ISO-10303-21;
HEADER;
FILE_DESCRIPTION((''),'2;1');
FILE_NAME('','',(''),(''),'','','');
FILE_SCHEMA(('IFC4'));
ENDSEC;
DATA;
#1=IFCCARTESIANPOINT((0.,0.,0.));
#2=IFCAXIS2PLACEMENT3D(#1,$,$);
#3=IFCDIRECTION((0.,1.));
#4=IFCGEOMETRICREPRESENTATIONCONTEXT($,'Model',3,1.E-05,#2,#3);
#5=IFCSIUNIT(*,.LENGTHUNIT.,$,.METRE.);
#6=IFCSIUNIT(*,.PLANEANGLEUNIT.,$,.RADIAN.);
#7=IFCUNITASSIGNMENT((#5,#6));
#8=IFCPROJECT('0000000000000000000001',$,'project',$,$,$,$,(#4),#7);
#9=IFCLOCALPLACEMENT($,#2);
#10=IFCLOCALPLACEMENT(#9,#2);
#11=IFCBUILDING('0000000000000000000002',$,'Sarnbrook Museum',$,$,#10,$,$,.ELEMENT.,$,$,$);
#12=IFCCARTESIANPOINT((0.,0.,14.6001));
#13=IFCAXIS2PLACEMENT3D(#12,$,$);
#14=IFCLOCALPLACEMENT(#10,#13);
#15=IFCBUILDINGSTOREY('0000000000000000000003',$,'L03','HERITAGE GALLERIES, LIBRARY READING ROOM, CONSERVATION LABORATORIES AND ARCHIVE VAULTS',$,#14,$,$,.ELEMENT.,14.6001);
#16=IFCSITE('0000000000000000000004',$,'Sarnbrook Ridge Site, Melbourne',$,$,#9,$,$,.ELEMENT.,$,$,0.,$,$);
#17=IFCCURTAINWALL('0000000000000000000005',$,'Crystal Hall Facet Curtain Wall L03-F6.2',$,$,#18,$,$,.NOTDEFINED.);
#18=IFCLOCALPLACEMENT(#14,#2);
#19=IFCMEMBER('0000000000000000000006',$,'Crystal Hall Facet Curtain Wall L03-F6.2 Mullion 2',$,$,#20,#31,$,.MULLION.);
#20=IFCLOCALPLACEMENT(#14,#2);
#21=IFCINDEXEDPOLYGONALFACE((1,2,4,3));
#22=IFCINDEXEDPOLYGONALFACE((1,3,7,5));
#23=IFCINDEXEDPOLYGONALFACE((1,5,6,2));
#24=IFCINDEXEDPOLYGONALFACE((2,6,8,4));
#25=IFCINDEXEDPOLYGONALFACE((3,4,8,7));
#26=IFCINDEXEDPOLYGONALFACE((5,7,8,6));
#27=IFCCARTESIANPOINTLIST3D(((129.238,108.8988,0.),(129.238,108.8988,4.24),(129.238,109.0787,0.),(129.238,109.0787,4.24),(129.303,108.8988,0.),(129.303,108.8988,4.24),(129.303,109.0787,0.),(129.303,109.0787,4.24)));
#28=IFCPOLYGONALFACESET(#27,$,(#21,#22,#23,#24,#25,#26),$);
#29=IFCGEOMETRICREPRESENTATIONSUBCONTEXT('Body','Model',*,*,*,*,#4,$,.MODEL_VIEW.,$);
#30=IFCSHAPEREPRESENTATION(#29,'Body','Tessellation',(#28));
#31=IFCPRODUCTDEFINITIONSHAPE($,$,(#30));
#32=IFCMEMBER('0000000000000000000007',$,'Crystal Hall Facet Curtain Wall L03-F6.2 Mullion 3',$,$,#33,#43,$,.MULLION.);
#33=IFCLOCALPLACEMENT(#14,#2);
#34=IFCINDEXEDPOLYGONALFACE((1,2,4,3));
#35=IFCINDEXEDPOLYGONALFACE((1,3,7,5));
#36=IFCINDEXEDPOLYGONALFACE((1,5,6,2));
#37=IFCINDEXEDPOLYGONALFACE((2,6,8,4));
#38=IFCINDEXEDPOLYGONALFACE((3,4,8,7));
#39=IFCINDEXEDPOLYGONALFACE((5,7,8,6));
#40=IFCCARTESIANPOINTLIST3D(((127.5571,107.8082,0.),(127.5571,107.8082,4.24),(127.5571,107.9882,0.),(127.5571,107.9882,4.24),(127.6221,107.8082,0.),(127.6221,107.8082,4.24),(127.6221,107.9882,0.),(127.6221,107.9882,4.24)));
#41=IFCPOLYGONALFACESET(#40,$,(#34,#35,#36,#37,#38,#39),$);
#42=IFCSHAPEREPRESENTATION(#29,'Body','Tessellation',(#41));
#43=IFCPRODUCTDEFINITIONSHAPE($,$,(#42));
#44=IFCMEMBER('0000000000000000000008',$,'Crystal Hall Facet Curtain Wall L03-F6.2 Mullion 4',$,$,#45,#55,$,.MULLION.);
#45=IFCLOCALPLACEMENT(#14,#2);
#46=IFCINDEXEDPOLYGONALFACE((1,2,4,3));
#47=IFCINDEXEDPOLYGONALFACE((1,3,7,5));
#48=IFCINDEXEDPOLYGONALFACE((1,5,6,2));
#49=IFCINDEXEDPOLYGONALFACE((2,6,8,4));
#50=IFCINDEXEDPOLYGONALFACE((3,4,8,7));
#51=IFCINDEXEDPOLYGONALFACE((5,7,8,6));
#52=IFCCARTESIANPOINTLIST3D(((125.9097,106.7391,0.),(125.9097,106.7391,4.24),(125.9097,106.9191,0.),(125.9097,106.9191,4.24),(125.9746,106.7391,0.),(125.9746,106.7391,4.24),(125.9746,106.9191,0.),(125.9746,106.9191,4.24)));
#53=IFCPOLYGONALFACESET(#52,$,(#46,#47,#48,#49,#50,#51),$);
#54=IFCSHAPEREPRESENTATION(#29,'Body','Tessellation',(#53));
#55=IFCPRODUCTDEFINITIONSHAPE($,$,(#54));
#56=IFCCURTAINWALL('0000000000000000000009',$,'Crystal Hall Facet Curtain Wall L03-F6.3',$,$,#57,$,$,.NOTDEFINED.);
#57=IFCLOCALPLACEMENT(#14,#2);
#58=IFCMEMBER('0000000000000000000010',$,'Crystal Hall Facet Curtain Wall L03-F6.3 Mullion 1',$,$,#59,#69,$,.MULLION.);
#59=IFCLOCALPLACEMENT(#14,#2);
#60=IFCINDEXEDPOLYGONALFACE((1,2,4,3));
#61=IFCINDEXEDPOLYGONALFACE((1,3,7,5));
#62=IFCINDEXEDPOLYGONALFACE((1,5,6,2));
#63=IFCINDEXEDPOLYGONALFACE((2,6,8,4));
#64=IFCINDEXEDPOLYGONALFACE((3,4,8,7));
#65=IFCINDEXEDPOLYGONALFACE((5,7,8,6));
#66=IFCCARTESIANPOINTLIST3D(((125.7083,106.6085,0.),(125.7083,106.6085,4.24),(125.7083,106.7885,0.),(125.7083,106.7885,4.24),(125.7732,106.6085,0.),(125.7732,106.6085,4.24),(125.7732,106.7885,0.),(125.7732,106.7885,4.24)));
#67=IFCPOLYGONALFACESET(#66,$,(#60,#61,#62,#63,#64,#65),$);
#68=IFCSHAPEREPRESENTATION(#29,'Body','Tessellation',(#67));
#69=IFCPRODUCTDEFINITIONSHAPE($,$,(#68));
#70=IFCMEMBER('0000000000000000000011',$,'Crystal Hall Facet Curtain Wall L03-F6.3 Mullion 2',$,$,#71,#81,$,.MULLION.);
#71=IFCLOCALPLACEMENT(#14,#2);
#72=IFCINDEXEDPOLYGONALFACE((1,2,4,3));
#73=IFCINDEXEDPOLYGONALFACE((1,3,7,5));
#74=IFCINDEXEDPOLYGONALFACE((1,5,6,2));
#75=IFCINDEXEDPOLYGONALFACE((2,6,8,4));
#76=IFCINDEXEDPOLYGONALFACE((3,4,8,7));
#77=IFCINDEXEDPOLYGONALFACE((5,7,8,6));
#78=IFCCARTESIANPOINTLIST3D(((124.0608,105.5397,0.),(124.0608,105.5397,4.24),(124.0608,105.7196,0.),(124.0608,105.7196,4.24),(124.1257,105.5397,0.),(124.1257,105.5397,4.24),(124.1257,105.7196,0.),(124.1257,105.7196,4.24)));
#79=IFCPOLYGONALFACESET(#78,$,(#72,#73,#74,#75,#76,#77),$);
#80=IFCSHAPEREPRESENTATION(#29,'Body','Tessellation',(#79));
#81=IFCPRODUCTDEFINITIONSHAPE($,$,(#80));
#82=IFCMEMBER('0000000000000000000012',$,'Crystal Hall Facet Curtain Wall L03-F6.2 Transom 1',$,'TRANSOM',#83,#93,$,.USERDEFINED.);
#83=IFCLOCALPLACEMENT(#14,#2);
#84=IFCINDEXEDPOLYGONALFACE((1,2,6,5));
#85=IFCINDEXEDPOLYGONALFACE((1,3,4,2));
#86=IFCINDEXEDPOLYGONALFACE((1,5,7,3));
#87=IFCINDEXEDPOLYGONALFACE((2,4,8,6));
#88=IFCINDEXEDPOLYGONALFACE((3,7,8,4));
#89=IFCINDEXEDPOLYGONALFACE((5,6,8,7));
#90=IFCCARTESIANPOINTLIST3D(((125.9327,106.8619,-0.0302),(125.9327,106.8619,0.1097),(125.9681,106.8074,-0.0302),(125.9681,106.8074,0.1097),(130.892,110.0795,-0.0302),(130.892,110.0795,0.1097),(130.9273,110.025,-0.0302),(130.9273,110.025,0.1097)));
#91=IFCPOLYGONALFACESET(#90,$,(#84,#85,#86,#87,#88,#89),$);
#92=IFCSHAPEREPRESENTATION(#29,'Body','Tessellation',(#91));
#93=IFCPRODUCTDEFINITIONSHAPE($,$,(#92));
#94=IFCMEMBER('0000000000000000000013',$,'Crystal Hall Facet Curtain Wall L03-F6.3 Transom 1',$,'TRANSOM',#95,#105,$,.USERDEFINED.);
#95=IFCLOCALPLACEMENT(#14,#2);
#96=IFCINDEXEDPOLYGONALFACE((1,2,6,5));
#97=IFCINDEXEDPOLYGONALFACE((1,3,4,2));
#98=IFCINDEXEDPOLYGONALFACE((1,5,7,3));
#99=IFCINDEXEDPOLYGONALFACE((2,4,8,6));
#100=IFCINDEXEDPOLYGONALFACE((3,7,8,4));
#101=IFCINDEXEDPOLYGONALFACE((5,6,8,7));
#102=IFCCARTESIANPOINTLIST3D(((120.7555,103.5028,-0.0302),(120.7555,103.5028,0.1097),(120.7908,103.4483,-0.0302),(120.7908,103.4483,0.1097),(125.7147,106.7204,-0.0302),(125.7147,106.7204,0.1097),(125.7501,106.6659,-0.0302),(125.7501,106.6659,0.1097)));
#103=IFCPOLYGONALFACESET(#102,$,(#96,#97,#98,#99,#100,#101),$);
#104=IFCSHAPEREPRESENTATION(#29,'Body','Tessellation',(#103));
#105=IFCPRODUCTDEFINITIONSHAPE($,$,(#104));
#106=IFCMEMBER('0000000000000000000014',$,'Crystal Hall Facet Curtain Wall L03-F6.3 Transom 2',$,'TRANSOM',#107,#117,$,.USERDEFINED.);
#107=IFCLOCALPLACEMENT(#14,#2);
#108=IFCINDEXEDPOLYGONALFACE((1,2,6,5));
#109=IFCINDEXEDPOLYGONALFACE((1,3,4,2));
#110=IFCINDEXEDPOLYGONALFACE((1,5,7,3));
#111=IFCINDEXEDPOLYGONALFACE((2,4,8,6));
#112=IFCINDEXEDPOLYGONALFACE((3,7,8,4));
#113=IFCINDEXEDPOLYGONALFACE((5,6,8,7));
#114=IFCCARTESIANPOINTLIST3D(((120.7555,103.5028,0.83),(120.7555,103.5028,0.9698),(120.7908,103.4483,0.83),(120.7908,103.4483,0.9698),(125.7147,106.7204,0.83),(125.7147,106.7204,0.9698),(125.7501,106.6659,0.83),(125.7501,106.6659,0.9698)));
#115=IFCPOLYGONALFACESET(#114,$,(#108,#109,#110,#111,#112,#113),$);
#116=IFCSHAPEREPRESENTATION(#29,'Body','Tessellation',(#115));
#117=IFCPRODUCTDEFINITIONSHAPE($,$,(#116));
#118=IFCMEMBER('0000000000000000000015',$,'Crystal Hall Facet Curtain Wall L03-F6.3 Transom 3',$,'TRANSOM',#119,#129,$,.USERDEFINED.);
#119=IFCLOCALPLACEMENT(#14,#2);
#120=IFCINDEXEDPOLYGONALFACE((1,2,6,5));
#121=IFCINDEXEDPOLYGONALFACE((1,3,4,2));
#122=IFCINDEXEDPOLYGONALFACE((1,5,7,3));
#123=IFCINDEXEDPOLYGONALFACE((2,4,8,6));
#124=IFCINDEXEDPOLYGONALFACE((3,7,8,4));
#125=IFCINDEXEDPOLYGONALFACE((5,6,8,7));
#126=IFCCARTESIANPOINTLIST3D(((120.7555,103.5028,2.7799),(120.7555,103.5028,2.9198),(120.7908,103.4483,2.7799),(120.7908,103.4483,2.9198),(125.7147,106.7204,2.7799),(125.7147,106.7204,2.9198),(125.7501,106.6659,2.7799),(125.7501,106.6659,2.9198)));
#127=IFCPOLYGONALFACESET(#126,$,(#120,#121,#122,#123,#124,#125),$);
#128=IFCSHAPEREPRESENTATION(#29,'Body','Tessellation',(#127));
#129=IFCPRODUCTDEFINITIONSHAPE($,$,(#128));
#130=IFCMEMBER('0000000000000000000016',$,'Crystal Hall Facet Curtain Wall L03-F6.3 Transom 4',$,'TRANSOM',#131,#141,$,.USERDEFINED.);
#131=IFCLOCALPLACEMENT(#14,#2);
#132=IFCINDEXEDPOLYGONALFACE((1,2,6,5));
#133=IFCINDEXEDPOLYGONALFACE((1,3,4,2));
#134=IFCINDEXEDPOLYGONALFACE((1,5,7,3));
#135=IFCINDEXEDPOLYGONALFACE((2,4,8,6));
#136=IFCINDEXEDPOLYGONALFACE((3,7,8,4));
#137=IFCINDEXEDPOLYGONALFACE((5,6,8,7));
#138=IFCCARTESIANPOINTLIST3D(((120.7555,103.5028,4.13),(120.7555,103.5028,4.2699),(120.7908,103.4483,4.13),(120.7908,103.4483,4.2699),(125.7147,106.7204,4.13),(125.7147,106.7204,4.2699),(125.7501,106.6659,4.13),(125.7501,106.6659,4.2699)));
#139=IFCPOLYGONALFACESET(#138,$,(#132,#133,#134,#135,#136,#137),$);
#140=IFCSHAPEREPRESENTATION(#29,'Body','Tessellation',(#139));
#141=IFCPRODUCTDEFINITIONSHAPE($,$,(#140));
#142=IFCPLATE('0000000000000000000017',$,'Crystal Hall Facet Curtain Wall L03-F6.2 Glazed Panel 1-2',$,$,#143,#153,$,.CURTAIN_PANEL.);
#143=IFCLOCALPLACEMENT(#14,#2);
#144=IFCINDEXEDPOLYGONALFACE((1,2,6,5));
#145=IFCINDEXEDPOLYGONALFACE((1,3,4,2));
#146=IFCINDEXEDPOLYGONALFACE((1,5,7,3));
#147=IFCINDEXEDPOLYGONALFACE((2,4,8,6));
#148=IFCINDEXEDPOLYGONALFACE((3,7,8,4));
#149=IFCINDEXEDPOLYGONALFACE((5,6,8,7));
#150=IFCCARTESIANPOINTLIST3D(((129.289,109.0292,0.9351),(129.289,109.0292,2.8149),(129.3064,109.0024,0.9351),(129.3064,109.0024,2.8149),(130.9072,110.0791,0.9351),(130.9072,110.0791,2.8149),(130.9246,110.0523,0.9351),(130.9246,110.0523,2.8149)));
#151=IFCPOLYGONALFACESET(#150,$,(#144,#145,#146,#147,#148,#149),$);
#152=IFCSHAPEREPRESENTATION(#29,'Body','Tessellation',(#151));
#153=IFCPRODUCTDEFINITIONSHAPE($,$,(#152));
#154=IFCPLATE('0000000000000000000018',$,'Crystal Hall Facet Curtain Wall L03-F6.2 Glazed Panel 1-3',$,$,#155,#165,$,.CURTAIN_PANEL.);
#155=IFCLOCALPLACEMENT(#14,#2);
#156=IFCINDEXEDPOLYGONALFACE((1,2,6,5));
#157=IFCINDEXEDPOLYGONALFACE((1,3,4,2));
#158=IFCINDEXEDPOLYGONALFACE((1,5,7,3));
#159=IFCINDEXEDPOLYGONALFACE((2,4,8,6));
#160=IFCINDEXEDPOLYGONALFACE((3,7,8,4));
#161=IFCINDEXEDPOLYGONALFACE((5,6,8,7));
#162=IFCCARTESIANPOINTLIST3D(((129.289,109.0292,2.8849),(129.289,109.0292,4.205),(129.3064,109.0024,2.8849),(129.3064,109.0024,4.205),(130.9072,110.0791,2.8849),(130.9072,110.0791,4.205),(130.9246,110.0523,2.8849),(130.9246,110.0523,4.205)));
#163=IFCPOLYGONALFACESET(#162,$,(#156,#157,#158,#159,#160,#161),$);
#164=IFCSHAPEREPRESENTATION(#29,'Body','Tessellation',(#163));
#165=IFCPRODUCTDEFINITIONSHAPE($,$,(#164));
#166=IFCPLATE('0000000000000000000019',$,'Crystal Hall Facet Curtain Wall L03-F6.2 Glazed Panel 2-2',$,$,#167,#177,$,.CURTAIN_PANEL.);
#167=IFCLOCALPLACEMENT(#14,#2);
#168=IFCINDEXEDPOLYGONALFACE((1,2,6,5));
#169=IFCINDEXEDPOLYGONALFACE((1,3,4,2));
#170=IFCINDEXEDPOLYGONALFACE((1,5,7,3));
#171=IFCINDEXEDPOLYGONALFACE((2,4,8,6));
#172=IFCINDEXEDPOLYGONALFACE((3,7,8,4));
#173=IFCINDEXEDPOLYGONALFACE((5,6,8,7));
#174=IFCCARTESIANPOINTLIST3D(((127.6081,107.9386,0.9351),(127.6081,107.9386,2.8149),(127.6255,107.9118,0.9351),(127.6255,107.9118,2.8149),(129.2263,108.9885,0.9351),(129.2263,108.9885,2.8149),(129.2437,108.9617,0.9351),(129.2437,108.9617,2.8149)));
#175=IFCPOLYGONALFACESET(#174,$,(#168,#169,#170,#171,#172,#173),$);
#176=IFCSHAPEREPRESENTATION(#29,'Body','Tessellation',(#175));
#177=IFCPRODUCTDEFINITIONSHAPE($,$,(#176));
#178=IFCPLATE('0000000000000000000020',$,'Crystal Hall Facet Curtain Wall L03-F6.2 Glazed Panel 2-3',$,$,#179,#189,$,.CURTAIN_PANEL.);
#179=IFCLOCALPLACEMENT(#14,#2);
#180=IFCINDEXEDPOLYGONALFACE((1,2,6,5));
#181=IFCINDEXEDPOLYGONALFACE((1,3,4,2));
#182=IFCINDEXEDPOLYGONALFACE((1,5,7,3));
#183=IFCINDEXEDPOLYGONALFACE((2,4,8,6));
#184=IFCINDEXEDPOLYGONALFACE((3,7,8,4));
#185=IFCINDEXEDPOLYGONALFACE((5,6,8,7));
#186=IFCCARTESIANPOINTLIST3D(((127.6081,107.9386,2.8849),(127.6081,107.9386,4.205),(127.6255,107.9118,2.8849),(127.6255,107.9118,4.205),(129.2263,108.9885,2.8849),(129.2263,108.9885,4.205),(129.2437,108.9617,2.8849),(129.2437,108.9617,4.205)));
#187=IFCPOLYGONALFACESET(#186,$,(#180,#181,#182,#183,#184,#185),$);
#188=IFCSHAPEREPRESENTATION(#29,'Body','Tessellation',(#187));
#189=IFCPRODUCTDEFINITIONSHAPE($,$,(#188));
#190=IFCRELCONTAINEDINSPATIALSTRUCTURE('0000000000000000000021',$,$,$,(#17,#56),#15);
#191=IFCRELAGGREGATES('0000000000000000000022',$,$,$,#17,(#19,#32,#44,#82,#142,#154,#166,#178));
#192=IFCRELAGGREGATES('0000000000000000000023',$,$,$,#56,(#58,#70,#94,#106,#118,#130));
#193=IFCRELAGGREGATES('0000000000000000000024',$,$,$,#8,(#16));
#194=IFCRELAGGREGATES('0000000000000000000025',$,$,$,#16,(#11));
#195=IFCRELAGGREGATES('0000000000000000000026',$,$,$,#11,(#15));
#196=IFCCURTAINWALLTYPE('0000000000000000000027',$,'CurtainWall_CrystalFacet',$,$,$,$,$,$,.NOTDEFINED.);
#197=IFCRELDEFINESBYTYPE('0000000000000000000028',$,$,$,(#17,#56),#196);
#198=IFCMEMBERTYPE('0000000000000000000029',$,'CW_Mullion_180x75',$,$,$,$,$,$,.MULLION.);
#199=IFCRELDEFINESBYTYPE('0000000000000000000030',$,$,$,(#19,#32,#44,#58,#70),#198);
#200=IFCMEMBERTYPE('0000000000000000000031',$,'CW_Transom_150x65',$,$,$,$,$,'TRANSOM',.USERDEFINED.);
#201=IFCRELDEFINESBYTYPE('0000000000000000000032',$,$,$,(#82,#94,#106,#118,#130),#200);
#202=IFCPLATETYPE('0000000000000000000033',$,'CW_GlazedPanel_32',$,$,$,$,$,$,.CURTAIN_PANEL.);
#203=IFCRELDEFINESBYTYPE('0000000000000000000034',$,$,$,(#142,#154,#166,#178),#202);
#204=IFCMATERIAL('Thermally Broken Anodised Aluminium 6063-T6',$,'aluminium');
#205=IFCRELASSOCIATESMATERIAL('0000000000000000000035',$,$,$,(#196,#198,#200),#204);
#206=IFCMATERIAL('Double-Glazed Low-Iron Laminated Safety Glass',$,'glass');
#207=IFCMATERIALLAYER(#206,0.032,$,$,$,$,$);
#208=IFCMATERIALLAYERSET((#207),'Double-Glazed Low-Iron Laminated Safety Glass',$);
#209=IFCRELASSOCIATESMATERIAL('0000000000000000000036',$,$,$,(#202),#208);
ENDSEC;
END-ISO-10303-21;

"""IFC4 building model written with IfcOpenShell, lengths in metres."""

from ifc_helpers import new_model, si_unit, direction, frame, origin, origin_2d, place, context, subcontext, project, spatial, rectangle, extrude, material, layer, layer_set, material_profile, profile_set, type_object, element, aggregate, save


model = new_model("IFC4")

# Units and contexts
model_context = context("Model", 3, precision=1e-05, world=origin(), true_north=direction((0.0, 1.0)))
body_context = subcontext(model_context, "Body", "Model", "MODEL_VIEW")
ifc_project = project(units=[si_unit("LENGTHUNIT", "METRE"), si_unit("PLANEANGLEUNIT", "RADIAN")], contexts=[model_context])

# Site, building, storey
site_placement = place(None, origin())
site = spatial("IfcSite", under=ifc_project, at=site_placement, Name="Sarnbrook Ridge Site, Melbourne", CompositionType="ELEMENT", RefElevation=0.0)
building_placement = place(site_placement, origin())
building = spatial("IfcBuilding", under=site, at=building_placement, Name="Sarnbrook Museum", CompositionType="ELEMENT")
storey_placement = place(building_placement, frame((0.0, 0.0, 14.6001)))
storey = spatial("IfcBuildingStorey", under=building, at=storey_placement, Name="L03", Description="HERITAGE GALLERIES, LIBRARY READING ROOM, CONSERVATION LABORATORIES AND ARCHIVE VAULTS", CompositionType="ELEMENT", Elevation=14.6001)

# Curtain walls, members
ifc_material_1 = material(Name="Thermally Broken Anodised Aluminium 6063-T6", Category="aluminium")
curtain_wall_type = type_object("IfcCurtainWallType", Name="CurtainWall_CrystalFacet", PredefinedType="NOTDEFINED", material=ifc_material_1)
curtain_wall_1_placement = place(storey_placement, origin())
curtain_wall_1 = element("IfcCurtainWall", 1, at=curtain_wall_1_placement, inside=storey, type_object=curtain_wall_type, Name="Crystal Hall Facet Curtain Wall L03-F6.2", PredefinedType="NOTDEFINED")
ifc_material_profile_1 = material_profile(ifc_material_1, rectangle(XDim=0.0649, YDim=0.1799, at=origin_2d()), Name="ALU MULLION 65x180")
ifc_profile_set_1 = profile_set([ifc_material_profile_1], Name="Thermally Broken Anodised Aluminium 6063-T6")
member_type_1 = type_object("IfcMemberType", Name="CW_Mullion_180x75", PredefinedType="MULLION", material=ifc_profile_set_1)
member_1_placement = place(storey_placement, frame((129.2705, 108.9888, 0.0), z_axis=(0.0, 0.0, 1.0), x_axis=(1.0, 0.0, 0.0)))
member_1 = element("IfcMember", 2, at=member_1_placement, type_object=member_type_1, Name="Crystal Hall Facet Curtain Wall L03-F6.2 Mullion 2", PredefinedType="MULLION", context=body_context, shape_type="SweptSolid", body=[
    extrude(rectangle(XDim=0.0649, YDim=0.1799, at=origin_2d()), origin(), (0.0, 0.0, 1.0), 4.24),
])
member_2_placement = place(storey_placement, frame((127.5896, 107.8982, 0.0), z_axis=(0.0, 0.0, 1.0), x_axis=(1.0, 0.0, 0.0)))
member_2 = element("IfcMember", 3, at=member_2_placement, type_object=member_type_1, Name="Crystal Hall Facet Curtain Wall L03-F6.2 Mullion 3", PredefinedType="MULLION", context=body_context, shape_type="SweptSolid", body=[
    extrude(rectangle(XDim=0.0649, YDim=0.1799, at=origin_2d()), origin(), (0.0, 0.0, 1.0), 4.24),
])
member_3_placement = place(storey_placement, frame((125.9421, 106.8291, 0.0), z_axis=(0.0, 0.0, 1.0), x_axis=(1.0, 0.0, 0.0)))
member_3 = element("IfcMember", 4, at=member_3_placement, type_object=member_type_1, Name="Crystal Hall Facet Curtain Wall L03-F6.2 Mullion 4", PredefinedType="MULLION", context=body_context, shape_type="SweptSolid", body=[
    extrude(rectangle(XDim=0.0649, YDim=0.1799, at=origin_2d()), origin(), (0.0, 0.0, 1.0), 4.24),
])
curtain_wall_2_placement = place(storey_placement, origin())
curtain_wall_2 = element("IfcCurtainWall", 5, at=curtain_wall_2_placement, inside=storey, type_object=curtain_wall_type, Name="Crystal Hall Facet Curtain Wall L03-F6.3", PredefinedType="NOTDEFINED")
member_4_placement = place(storey_placement, frame((125.7407, 106.6985, 0.0), z_axis=(0.0, 0.0, 1.0), x_axis=(1.0, 0.0, 0.0)))
member_4 = element("IfcMember", 6, at=member_4_placement, type_object=member_type_1, Name="Crystal Hall Facet Curtain Wall L03-F6.3 Mullion 1", PredefinedType="MULLION", context=body_context, shape_type="SweptSolid", body=[
    extrude(rectangle(XDim=0.0649, YDim=0.1799, at=origin_2d()), origin(), (0.0, 0.0, 1.0), 4.24),
])
member_5_placement = place(storey_placement, frame((124.0933, 105.6296, 0.0), z_axis=(0.0, 0.0, 1.0), x_axis=(1.0, 0.0, 0.0)))
member_5 = element("IfcMember", 7, at=member_5_placement, type_object=member_type_1, Name="Crystal Hall Facet Curtain Wall L03-F6.3 Mullion 2", PredefinedType="MULLION", context=body_context, shape_type="SweptSolid", body=[
    extrude(rectangle(XDim=0.0649, YDim=0.1799, at=origin_2d()), origin(), (0.0, 0.0, 1.0), 4.24),
])

# Members
ifc_material_profile_2 = material_profile(ifc_material_1, rectangle(XDim=0.0649, YDim=0.1399, at=origin_2d()), Name="ALU TRANSOM 65x140")
ifc_profile_set_2 = profile_set([ifc_material_profile_2], Name="Thermally Broken Anodised Aluminium 6063-T6")
member_type_2 = type_object("IfcMemberType", Name="CW_Transom_150x65", ElementType="TRANSOM", PredefinedType="USERDEFINED", material=ifc_profile_set_2)
member_6_placement = place(storey_placement, frame((130.9097, 110.0522, 0.0398), z_axis=(-0.838905, -0.544278, 0.0), x_axis=(0.544278, -0.838905, 0.0)))
member_6 = element("IfcMember", 8, at=member_6_placement, type_object=member_type_2, Name="Crystal Hall Facet Curtain Wall L03-F6.2 Transom 1", ObjectType="TRANSOM", PredefinedType="USERDEFINED", context=body_context, shape_type="SweptSolid", body=[
    extrude(rectangle(XDim=0.0649, YDim=0.1399, at=origin_2d()), origin(), (0.0, 0.0, 1.0), 5.9116),
])
member_7_placement = place(storey_placement, frame((125.7324, 106.6931, 0.0398), z_axis=(-0.838905, -0.544278, 0.0), x_axis=(0.544278, -0.838905, 0.0)))
member_7 = element("IfcMember", 9, at=member_7_placement, type_object=member_type_2, Name="Crystal Hall Facet Curtain Wall L03-F6.3 Transom 1", ObjectType="TRANSOM", PredefinedType="USERDEFINED", context=body_context, shape_type="SweptSolid", body=[
    extrude(rectangle(XDim=0.0649, YDim=0.1399, at=origin_2d()), origin(), (0.0, 0.0, 1.0), 5.9116),
])
member_8_placement = place(storey_placement, frame((125.7324, 106.6931, 0.8999), z_axis=(-0.838905, -0.544278, 0.0), x_axis=(0.544278, -0.838905, 0.0)))
member_8 = element("IfcMember", 10, at=member_8_placement, type_object=member_type_2, Name="Crystal Hall Facet Curtain Wall L03-F6.3 Transom 2", ObjectType="TRANSOM", PredefinedType="USERDEFINED", context=body_context, shape_type="SweptSolid", body=[
    extrude(rectangle(XDim=0.0649, YDim=0.1399, at=origin_2d()), origin(), (0.0, 0.0, 1.0), 5.9116),
])
member_9_placement = place(storey_placement, frame((125.7324, 106.6931, 2.8499), z_axis=(-0.838905, -0.544278, 0.0), x_axis=(0.544278, -0.838905, 0.0)))
member_9 = element("IfcMember", 11, at=member_9_placement, type_object=member_type_2, Name="Crystal Hall Facet Curtain Wall L03-F6.3 Transom 3", ObjectType="TRANSOM", PredefinedType="USERDEFINED", context=body_context, shape_type="SweptSolid", body=[
    extrude(rectangle(XDim=0.0649, YDim=0.1399, at=origin_2d()), origin(), (0.0, 0.0, 1.0), 5.9116),
])
member_10_placement = place(storey_placement, frame((125.7324, 106.6931, 4.2), z_axis=(-0.838905, -0.544278, 0.0), x_axis=(0.544278, -0.838905, 0.0)))
member_10 = element("IfcMember", 12, at=member_10_placement, type_object=member_type_2, Name="Crystal Hall Facet Curtain Wall L03-F6.3 Transom 4", ObjectType="TRANSOM", PredefinedType="USERDEFINED", context=body_context, shape_type="SweptSolid", body=[
    extrude(rectangle(XDim=0.0649, YDim=0.1399, at=origin_2d()), origin(), (0.0, 0.0, 1.0), 5.9116),
])

# Plates
ifc_material_2 = material(Name="Double-Glazed Low-Iron Laminated Safety Glass", Category="glass")
ifc_layer_1 = layer(ifc_material_2, 0.032)
ifc_layer_set_1 = layer_set([ifc_layer_1], Name="Double-Glazed Low-Iron Laminated Safety Glass")
plate_type_1 = type_object("IfcPlateType", Name="CW_GlazedPanel_32", PredefinedType="CURTAIN_PANEL", material=ifc_layer_set_1)
plate_1_placement = place(storey_placement, frame((130.1155, 109.5273, 1.875), z_axis=(-0.544285, 0.838901, 0.0), x_axis=(-0.838901, -0.544285, 0.0)))
plate_1 = element("IfcPlate", 13, at=plate_1_placement, type_object=plate_type_1, Name="Crystal Hall Facet Curtain Wall L03-F6.2 Glazed Panel 1-2", PredefinedType="CURTAIN_PANEL", context=body_context, shape_type="SweptSolid", body=[
    extrude(rectangle(XDim=1.929, YDim=1.8799, at=origin_2d()), origin(), (0.0, 0.0, 1.0), 0.032),
])
plate_2_placement = place(storey_placement, frame((130.1155, 109.5273, 3.5449), z_axis=(-0.544285, 0.838901, 0.0), x_axis=(-0.838901, -0.544285, 0.0)))
plate_2 = element("IfcPlate", 14, at=plate_2_placement, type_object=plate_type_1, Name="Crystal Hall Facet Curtain Wall L03-F6.2 Glazed Panel 1-3", PredefinedType="CURTAIN_PANEL", context=body_context, shape_type="SweptSolid", body=[
    extrude(rectangle(XDim=1.929, YDim=1.3201, at=origin_2d()), origin(), (0.0, 0.0, 1.0), 0.032),
])
plate_3_placement = place(storey_placement, frame((128.4346, 108.4368, 1.875), z_axis=(-0.544285, 0.838901, 0.0), x_axis=(-0.838901, -0.544285, 0.0)))
plate_3 = element("IfcPlate", 15, at=plate_3_placement, type_object=plate_type_1, Name="Crystal Hall Facet Curtain Wall L03-F6.2 Glazed Panel 2-2", PredefinedType="CURTAIN_PANEL", context=body_context, shape_type="SweptSolid", body=[
    extrude(rectangle(XDim=1.929, YDim=1.8799, at=origin_2d()), origin(), (0.0, 0.0, 1.0), 0.032),
])
plate_4_placement = place(storey_placement, frame((128.4346, 108.4368, 3.5449), z_axis=(-0.544285, 0.838901, 0.0), x_axis=(-0.838901, -0.544285, 0.0)))
plate_4 = element("IfcPlate", 16, at=plate_4_placement, type_object=plate_type_1, Name="Crystal Hall Facet Curtain Wall L03-F6.2 Glazed Panel 2-3", PredefinedType="CURTAIN_PANEL", context=body_context, shape_type="SweptSolid", body=[
    extrude(rectangle(XDim=1.929, YDim=1.3201, at=origin_2d()), origin(), (0.0, 0.0, 1.0), 0.032),
])
aggregate(curtain_wall_1, [member_1, member_2, member_3, member_6, plate_1, plate_2, plate_3, plate_4])
aggregate(curtain_wall_2, [member_4, member_5, member_7, member_8, member_9, member_10])

save(model, "model.ifc")
